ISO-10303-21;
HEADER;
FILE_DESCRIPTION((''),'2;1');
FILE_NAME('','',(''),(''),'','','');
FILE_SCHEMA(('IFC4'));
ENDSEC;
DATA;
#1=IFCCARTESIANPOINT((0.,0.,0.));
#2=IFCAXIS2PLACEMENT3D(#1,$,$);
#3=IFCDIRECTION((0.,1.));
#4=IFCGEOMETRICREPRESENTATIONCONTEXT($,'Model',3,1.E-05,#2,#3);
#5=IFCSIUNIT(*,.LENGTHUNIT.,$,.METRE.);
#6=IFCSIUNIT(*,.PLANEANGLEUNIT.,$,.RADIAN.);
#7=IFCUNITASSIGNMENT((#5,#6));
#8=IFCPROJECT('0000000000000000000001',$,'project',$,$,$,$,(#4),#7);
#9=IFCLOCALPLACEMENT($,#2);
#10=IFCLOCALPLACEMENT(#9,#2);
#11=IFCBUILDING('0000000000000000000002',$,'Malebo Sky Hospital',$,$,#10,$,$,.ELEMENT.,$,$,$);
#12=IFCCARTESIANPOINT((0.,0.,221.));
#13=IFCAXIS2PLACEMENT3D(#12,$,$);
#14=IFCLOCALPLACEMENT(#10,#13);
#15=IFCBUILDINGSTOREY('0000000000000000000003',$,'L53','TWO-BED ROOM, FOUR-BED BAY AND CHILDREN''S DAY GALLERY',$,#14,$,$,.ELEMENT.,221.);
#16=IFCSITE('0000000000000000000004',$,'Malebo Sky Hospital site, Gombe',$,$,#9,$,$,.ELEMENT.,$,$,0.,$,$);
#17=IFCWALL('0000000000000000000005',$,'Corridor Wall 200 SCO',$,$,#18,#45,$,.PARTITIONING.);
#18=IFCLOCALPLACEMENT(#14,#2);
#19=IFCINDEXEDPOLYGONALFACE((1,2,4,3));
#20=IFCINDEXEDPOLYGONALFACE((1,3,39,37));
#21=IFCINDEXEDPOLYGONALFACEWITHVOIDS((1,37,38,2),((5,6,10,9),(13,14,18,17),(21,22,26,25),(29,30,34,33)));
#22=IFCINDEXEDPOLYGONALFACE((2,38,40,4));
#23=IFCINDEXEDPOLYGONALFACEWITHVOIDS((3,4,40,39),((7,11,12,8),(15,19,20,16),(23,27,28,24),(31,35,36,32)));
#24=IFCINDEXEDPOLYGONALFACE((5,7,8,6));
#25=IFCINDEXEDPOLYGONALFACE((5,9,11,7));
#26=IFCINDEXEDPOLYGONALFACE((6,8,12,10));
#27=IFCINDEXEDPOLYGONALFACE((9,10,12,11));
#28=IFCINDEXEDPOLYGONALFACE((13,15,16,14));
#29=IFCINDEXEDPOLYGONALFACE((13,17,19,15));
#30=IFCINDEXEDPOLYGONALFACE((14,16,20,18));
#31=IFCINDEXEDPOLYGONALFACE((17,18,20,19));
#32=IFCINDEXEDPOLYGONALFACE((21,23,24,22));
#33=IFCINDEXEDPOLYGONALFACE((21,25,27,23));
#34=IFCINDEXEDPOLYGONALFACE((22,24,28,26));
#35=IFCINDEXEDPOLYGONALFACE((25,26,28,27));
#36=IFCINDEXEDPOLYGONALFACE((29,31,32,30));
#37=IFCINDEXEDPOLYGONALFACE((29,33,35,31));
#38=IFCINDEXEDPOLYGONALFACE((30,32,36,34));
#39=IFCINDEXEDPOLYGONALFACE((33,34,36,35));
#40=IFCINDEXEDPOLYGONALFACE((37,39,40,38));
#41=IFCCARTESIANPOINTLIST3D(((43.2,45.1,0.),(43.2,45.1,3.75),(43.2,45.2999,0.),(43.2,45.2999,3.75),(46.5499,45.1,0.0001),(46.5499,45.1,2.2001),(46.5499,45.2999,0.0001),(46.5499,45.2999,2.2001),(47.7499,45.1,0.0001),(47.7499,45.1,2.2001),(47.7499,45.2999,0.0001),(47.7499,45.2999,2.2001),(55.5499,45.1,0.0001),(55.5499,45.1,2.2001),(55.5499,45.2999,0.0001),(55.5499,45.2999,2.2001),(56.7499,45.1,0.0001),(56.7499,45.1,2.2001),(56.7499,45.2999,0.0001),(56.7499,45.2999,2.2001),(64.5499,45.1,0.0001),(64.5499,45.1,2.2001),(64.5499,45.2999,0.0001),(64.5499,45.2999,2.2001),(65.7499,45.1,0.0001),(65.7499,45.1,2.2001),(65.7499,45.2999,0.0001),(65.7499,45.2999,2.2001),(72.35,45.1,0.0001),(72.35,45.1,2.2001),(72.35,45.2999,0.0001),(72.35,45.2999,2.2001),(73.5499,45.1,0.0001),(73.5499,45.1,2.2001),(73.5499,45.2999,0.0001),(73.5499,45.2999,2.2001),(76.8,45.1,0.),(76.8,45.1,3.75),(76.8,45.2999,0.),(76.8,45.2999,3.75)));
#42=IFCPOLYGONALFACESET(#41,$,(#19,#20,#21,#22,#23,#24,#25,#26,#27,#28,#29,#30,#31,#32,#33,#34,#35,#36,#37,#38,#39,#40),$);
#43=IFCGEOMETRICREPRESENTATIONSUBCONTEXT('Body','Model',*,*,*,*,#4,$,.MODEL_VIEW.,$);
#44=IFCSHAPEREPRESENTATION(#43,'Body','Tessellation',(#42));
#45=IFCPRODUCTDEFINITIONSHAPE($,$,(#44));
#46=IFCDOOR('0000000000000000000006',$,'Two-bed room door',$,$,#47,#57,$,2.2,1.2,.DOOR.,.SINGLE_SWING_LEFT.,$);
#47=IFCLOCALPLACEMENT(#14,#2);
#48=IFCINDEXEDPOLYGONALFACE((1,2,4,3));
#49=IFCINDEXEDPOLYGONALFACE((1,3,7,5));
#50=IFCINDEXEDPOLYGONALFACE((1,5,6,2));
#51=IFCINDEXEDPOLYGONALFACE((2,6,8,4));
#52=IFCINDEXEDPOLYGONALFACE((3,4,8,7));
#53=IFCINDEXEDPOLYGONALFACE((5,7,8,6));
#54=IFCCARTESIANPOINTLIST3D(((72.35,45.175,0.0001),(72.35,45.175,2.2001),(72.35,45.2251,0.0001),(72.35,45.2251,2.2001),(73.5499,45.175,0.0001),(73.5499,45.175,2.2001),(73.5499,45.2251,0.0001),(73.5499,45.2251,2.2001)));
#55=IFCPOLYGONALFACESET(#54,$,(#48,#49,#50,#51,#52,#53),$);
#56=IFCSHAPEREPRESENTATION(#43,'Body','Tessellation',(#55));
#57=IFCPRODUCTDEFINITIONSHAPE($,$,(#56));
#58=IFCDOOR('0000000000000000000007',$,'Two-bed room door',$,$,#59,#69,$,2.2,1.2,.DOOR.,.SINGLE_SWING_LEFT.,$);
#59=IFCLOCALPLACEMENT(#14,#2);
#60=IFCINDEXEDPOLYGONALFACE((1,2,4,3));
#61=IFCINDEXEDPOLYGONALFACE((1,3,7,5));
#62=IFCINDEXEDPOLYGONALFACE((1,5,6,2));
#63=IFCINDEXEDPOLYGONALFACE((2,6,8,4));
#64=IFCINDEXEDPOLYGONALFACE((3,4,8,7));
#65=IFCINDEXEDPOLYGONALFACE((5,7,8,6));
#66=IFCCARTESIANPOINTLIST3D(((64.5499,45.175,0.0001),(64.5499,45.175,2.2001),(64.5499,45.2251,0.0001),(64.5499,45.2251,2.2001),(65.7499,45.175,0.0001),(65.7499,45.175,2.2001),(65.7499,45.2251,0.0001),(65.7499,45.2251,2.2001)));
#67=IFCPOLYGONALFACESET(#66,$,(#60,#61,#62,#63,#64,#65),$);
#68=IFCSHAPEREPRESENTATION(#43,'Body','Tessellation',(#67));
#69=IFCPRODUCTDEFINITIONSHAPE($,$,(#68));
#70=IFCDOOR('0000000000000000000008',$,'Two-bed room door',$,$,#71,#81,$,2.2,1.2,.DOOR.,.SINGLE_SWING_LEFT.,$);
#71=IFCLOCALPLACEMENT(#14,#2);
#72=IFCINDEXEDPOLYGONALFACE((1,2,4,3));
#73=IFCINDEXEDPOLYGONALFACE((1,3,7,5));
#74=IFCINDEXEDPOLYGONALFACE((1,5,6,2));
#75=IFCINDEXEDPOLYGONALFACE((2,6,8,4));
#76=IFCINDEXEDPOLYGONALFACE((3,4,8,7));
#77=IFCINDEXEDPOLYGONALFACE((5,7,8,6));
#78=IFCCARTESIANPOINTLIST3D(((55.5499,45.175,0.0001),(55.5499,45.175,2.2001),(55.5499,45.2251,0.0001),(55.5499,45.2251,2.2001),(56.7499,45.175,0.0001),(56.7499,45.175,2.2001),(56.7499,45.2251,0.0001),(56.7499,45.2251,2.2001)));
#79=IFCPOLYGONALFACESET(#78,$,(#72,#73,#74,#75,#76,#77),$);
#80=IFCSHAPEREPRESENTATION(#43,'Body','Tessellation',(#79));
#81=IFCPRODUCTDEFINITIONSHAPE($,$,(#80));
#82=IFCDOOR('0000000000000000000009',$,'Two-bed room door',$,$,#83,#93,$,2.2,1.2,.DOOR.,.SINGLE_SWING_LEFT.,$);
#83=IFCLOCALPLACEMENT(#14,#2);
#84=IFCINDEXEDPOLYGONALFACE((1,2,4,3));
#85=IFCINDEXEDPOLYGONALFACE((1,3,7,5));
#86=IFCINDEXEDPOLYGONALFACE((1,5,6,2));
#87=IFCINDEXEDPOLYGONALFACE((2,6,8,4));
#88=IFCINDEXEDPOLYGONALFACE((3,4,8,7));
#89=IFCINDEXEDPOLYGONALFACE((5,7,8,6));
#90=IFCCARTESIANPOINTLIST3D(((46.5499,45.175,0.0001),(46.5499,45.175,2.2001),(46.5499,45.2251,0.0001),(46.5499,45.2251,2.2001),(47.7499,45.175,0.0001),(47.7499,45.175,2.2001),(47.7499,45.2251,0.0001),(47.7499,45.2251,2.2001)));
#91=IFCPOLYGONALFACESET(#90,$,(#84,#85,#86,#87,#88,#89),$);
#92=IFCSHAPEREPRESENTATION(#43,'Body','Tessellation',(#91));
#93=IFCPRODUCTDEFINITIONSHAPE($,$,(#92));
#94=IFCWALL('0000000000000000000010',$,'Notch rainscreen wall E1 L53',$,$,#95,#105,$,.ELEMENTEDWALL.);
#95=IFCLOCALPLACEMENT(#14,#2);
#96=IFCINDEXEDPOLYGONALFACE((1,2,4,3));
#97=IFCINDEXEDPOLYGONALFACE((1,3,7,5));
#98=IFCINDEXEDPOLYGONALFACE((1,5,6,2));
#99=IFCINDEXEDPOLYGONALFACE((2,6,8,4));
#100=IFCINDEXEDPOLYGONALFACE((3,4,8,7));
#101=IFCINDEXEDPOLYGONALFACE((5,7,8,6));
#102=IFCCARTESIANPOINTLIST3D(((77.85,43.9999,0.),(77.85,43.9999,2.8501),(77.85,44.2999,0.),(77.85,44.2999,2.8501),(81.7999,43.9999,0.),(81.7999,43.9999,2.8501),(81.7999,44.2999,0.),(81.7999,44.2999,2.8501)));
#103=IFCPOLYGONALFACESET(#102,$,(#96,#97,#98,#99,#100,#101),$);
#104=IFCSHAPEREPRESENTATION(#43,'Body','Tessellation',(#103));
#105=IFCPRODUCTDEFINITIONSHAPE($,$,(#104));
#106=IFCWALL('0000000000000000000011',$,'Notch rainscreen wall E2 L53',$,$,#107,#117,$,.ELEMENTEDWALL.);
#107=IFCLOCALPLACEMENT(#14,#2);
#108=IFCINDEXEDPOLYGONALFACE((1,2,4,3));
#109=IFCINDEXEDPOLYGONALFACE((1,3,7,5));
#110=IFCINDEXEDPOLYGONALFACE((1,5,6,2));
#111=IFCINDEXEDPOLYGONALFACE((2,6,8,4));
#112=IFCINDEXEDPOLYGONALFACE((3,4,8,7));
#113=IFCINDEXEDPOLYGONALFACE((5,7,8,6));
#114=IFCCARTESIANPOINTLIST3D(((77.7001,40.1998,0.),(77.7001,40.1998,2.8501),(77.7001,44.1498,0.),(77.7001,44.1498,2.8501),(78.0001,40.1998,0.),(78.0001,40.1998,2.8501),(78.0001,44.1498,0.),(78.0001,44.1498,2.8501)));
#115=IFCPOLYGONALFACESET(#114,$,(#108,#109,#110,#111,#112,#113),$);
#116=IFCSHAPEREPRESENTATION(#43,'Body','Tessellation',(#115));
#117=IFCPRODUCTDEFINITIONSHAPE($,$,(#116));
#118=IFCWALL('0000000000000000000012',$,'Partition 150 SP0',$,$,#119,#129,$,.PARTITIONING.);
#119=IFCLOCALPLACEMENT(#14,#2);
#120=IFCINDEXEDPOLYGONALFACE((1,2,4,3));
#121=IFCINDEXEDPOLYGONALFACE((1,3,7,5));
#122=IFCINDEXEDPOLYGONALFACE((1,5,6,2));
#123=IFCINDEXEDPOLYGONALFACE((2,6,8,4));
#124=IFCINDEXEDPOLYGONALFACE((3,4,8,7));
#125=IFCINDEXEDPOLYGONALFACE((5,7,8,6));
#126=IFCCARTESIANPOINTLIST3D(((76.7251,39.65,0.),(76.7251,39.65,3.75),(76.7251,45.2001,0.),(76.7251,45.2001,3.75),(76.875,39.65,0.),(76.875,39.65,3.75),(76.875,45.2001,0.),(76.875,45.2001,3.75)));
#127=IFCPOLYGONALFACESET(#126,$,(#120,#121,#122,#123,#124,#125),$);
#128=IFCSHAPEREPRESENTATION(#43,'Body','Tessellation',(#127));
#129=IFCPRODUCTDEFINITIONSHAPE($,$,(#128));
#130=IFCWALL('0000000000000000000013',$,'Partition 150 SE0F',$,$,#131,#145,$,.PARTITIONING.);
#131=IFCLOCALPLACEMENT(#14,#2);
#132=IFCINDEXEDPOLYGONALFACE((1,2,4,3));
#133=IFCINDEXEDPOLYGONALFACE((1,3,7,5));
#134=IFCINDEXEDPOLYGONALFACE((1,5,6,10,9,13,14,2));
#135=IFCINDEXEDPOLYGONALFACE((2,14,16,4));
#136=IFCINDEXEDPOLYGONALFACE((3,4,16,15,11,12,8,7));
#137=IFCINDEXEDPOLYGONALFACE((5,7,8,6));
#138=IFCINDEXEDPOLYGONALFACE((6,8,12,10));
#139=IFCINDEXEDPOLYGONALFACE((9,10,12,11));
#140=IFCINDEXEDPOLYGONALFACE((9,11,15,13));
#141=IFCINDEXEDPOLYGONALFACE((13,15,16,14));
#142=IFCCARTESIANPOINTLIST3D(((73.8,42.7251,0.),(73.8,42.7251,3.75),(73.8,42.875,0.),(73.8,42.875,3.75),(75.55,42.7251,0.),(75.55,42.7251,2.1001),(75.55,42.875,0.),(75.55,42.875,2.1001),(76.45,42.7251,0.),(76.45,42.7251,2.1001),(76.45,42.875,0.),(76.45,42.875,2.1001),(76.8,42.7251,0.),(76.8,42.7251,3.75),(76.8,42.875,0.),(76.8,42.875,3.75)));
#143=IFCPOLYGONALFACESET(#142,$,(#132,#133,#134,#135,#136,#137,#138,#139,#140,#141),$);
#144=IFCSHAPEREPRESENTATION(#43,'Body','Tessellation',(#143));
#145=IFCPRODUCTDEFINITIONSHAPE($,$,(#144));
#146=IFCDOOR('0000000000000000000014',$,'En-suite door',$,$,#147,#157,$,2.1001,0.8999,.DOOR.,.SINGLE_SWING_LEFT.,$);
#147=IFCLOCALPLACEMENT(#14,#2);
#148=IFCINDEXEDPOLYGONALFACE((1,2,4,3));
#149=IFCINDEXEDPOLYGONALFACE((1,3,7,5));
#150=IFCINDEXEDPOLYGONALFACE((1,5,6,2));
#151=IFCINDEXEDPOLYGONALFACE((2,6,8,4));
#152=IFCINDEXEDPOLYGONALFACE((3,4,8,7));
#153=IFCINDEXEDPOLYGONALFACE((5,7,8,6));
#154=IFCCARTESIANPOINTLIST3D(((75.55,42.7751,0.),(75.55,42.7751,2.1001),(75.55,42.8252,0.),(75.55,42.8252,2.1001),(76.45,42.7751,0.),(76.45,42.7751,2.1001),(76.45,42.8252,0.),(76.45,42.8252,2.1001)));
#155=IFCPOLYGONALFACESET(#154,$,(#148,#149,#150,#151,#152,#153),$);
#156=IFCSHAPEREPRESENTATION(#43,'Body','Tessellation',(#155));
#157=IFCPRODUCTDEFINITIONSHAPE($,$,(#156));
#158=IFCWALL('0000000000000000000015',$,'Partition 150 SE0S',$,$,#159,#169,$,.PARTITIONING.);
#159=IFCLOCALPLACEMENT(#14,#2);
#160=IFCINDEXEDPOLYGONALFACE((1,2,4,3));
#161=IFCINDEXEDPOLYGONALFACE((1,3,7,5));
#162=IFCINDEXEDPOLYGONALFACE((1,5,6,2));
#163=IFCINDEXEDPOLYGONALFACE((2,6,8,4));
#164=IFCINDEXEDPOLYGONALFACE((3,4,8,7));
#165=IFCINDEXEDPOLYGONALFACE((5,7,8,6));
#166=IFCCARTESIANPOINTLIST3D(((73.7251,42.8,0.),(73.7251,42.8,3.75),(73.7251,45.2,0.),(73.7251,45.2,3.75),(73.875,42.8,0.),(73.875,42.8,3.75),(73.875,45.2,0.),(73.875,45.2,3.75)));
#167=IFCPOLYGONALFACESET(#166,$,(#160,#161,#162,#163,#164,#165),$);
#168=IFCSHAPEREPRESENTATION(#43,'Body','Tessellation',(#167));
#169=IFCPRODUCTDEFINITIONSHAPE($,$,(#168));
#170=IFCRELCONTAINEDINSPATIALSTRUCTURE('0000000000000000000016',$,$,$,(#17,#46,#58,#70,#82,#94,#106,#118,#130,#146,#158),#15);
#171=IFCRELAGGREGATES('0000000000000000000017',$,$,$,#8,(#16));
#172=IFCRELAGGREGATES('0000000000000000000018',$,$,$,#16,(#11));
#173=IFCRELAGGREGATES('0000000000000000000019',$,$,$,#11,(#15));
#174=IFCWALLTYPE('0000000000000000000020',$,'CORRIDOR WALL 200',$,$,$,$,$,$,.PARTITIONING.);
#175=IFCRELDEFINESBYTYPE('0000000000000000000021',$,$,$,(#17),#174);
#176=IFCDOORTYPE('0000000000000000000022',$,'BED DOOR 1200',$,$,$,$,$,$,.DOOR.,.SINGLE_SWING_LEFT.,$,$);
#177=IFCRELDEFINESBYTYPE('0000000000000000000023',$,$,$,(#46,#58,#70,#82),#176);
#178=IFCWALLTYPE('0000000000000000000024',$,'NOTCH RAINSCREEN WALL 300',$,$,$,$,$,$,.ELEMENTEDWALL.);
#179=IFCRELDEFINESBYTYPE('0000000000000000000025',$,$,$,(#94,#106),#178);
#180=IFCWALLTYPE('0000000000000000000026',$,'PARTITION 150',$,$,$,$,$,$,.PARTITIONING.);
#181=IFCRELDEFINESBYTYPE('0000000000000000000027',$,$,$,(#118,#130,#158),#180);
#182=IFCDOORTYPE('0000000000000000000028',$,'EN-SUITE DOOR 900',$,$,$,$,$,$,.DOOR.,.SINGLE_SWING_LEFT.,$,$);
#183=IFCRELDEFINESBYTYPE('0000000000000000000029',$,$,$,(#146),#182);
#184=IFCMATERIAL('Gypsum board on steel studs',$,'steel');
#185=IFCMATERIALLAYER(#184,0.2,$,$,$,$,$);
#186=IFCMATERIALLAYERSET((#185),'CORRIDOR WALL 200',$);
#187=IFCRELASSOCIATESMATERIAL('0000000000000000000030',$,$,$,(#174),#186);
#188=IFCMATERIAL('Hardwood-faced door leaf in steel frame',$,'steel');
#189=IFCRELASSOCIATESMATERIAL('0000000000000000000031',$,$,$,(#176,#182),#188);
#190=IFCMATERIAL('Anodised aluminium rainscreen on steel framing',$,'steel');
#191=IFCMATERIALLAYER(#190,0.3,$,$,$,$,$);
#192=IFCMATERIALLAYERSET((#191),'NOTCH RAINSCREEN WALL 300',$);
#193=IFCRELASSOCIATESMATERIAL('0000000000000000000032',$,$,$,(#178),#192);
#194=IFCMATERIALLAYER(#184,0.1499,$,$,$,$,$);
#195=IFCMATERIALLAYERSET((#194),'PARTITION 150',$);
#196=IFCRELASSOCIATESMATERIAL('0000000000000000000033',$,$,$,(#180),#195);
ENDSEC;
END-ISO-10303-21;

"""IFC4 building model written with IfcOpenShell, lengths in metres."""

from ifc_helpers import new_model, si_unit, direction, frame, frame_2d, origin, place, context, subcontext, project, spatial, rectangle, extrude, material, layer, layer_set, type_object, element, fill, save


model = new_model("IFC4")

# Units and contexts
model_context = context("Model", 3, precision=1e-05, world=origin(), true_north=direction((0.0, 1.0)))
body_context = subcontext(model_context, "Body", "Model", "MODEL_VIEW")
ifc_project = project(units=[si_unit("LENGTHUNIT", "METRE"), si_unit("PLANEANGLEUNIT", "RADIAN")], contexts=[model_context])

# Site, building, storey
site_placement = place(None, origin())
site = spatial("IfcSite", under=ifc_project, at=site_placement, Name="Malebo Sky Hospital site, Gombe", CompositionType="ELEMENT", RefElevation=0.0)
building_placement = place(site_placement, origin())
building = spatial("IfcBuilding", under=site, at=building_placement, Name="Malebo Sky Hospital", CompositionType="ELEMENT")
storey_placement = place(building_placement, frame((0.0, 0.0, 221.0)))
storey = spatial("IfcBuildingStorey", under=building, at=storey_placement, Name="L53", Description="TWO-BED ROOM, FOUR-BED BAY AND CHILDREN'S DAY GALLERY", CompositionType="ELEMENT", Elevation=221.0)

# Wall, openings, doors
ifc_material_1 = material(Name="Gypsum board on steel studs", Category="steel")
ifc_layer_1 = layer(ifc_material_1, 0.2)
ifc_layer_set_1 = layer_set([ifc_layer_1], Name="CORRIDOR WALL 200")
wall_type_1 = type_object("IfcWallType", Name="CORRIDOR WALL 200", PredefinedType="PARTITIONING", material=ifc_layer_set_1)
wall_1_placement = place(storey_placement, frame((76.8, 45.2, 0.0), z_axis=(0.0, 0.0, 1.0), x_axis=(-1.0, 0.0, 0.0)))
wall_1 = element("IfcWall", 1, at=wall_1_placement, inside=storey, type_object=wall_type_1, Name="Corridor Wall 200 SCO", PredefinedType="PARTITIONING", context=body_context, shape_type="SweptSolid", body=[
    extrude(rectangle(XDim=33.6001, YDim=0.2, at=frame_2d((16.8, 0.0))), origin(), (0.0, 0.0, 1.0), 3.75),
])
opening_1_placement = place(wall_1_placement, frame((3.25, 0.0, 0.0)))
opening_1 = element("IfcOpeningElement", 2, at=opening_1_placement, cuts=wall_1, PredefinedType="OPENING", context=body_context, shape_type="SweptSolid", body=[
    extrude(rectangle(XDim=1.2, YDim=2.2, at=frame_2d((0.6001, 1.1001))), frame((0.0, 0.1099, 0.0), z_axis=(0.0, -1.0, 0.0), x_axis=(1.0, 0.0, 0.0)), (0.0, 0.0, 1.0), 0.22),
])
opening_2_placement = place(wall_1_placement, frame((11.05, 0.0, 0.0)))
opening_2 = element("IfcOpeningElement", 3, at=opening_2_placement, cuts=wall_1, PredefinedType="OPENING", context=body_context, shape_type="SweptSolid", body=[
    extrude(rectangle(XDim=1.2, YDim=2.2, at=frame_2d((0.6001, 1.1001))), frame((0.0, 0.1099, 0.0), z_axis=(0.0, -1.0, 0.0), x_axis=(1.0, 0.0, 0.0)), (0.0, 0.0, 1.0), 0.22),
])
opening_3_placement = place(wall_1_placement, frame((20.05, 0.0, 0.0)))
opening_3 = element("IfcOpeningElement", 4, at=opening_3_placement, cuts=wall_1, PredefinedType="OPENING", context=body_context, shape_type="SweptSolid", body=[
    extrude(rectangle(XDim=1.2, YDim=2.2, at=frame_2d((0.6001, 1.1001))), frame((0.0, 0.1099, 0.0), z_axis=(0.0, -1.0, 0.0), x_axis=(1.0, 0.0, 0.0)), (0.0, 0.0, 1.0), 0.22),
])
opening_4_placement = place(wall_1_placement, frame((29.05, 0.0, 0.0)))
opening_4 = element("IfcOpeningElement", 5, at=opening_4_placement, cuts=wall_1, PredefinedType="OPENING", context=body_context, shape_type="SweptSolid", body=[
    extrude(rectangle(XDim=1.2, YDim=2.2, at=frame_2d((0.6001, 1.1001))), frame((0.0, 0.1099, 0.0), z_axis=(0.0, -1.0, 0.0), x_axis=(1.0, 0.0, 0.0)), (0.0, 0.0, 1.0), 0.22),
])
ifc_material_2 = material(Name="Hardwood-faced door leaf in steel frame", Category="steel")
door_type_1 = type_object("IfcDoorType", Name="BED DOOR 1200", OperationType="SINGLE_SWING_LEFT", PredefinedType="DOOR", material=ifc_material_2)
door_1_placement = place(opening_1_placement, origin())
door_1 = element("IfcDoor", 6, at=door_1_placement, inside=storey, type_object=door_type_1, Name="Two-bed room door", OperationType="SINGLE_SWING_LEFT", OverallHeight=2.2, OverallWidth=1.2, PredefinedType="DOOR", context=body_context, shape_type="SweptSolid", body=[
    extrude(rectangle(XDim=1.2, YDim=2.2, at=frame_2d((0.6001, 1.1001))), frame((0.0, 0.0249, 0.0), z_axis=(0.0, -1.0, 0.0), x_axis=(1.0, 0.0, 0.0)), (0.0, 0.0, 1.0), 0.05),
])
fill(opening_1, door_1)
door_2_placement = place(opening_2_placement, origin())
door_2 = element("IfcDoor", 7, at=door_2_placement, inside=storey, type_object=door_type_1, Name="Two-bed room door", OperationType="SINGLE_SWING_LEFT", OverallHeight=2.2, OverallWidth=1.2, PredefinedType="DOOR", context=body_context, shape_type="SweptSolid", body=[
    extrude(rectangle(XDim=1.2, YDim=2.2, at=frame_2d((0.6001, 1.1001))), frame((0.0, 0.0249, 0.0), z_axis=(0.0, -1.0, 0.0), x_axis=(1.0, 0.0, 0.0)), (0.0, 0.0, 1.0), 0.05),
])
fill(opening_2, door_2)
door_3_placement = place(opening_3_placement, origin())
door_3 = element("IfcDoor", 8, at=door_3_placement, inside=storey, type_object=door_type_1, Name="Two-bed room door", OperationType="SINGLE_SWING_LEFT", OverallHeight=2.2, OverallWidth=1.2, PredefinedType="DOOR", context=body_context, shape_type="SweptSolid", body=[
    extrude(rectangle(XDim=1.2, YDim=2.2, at=frame_2d((0.6001, 1.1001))), frame((0.0, 0.0249, 0.0), z_axis=(0.0, -1.0, 0.0), x_axis=(1.0, 0.0, 0.0)), (0.0, 0.0, 1.0), 0.05),
])
fill(opening_3, door_3)
door_4_placement = place(opening_4_placement, origin())
door_4 = element("IfcDoor", 9, at=door_4_placement, inside=storey, type_object=door_type_1, Name="Two-bed room door", OperationType="SINGLE_SWING_LEFT", OverallHeight=2.2, OverallWidth=1.2, PredefinedType="DOOR", context=body_context, shape_type="SweptSolid", body=[
    extrude(rectangle(XDim=1.2, YDim=2.2, at=frame_2d((0.6001, 1.1001))), frame((0.0, 0.0249, 0.0), z_axis=(0.0, -1.0, 0.0), x_axis=(1.0, 0.0, 0.0)), (0.0, 0.0, 1.0), 0.05),
])
fill(opening_4, door_4)

# Walls
ifc_material_3 = material(Name="Anodised aluminium rainscreen on steel framing", Category="steel")
ifc_layer_2 = layer(ifc_material_3, 0.3)
ifc_layer_set_2 = layer_set([ifc_layer_2], Name="NOTCH RAINSCREEN WALL 300")
wall_type_2 = type_object("IfcWallType", Name="NOTCH RAINSCREEN WALL 300", PredefinedType="ELEMENTEDWALL", material=ifc_layer_set_2)
for number, where, z_axis, x_axis, name in (
    (10, (81.8, 44.1499, 0.0), (0.0, 0.0, 1.0), (-1.0, 0.0, 0.0), "Notch rainscreen wall E1 L53"),
    (11, (77.8501, 44.1499, 0.0), (0.0, 0.0, 1.0), (0.0, -1.0, 0.0), "Notch rainscreen wall E2 L53"),
):
    element("IfcWall", number, at=place(storey_placement, frame(where, z_axis=z_axis, x_axis=x_axis)), inside=storey, type_object=wall_type_2, Name=name, PredefinedType="ELEMENTEDWALL", context=body_context, shape_type="SweptSolid", body=[
        extrude(rectangle(XDim=3.95, YDim=0.3, at=frame_2d((1.9751, 0.0))), origin(), (0.0, 0.0, 1.0), 2.8501),
    ])
ifc_layer_3 = layer(ifc_material_1, 0.1499)
ifc_layer_set_3 = layer_set([ifc_layer_3], Name="PARTITION 150")
wall_type_3 = type_object("IfcWallType", Name="PARTITION 150", PredefinedType="PARTITIONING", material=ifc_layer_set_3)
wall_2_placement = place(storey_placement, frame((76.8, 45.2, 0.0), z_axis=(0.0, 0.0, 1.0), x_axis=(0.0, -1.0, 0.0)))
element("IfcWall", 12, at=wall_2_placement, inside=storey, type_object=wall_type_3, Name="Partition 150 SP0", PredefinedType="PARTITIONING", context=body_context, shape_type="SweptSolid", body=[
    extrude(rectangle(XDim=5.55, YDim=0.1499, at=frame_2d((2.7749, 0.0))), origin(), (0.0, 0.0, 1.0), 3.75),
])

# Wall, opening, door
wall_3_placement = place(storey_placement, frame((76.8, 42.8, 0.0), z_axis=(0.0, 0.0, 1.0), x_axis=(-1.0, 0.0, 0.0)))
wall_3 = element("IfcWall", 13, at=wall_3_placement, inside=storey, type_object=wall_type_3, Name="Partition 150 SE0F", PredefinedType="PARTITIONING", context=body_context, shape_type="SweptSolid", body=[
    extrude(rectangle(XDim=3.0, YDim=0.1499, at=frame_2d((1.5, 0.0))), origin(), (0.0, 0.0, 1.0), 3.75),
])
opening_5_placement = place(wall_3_placement, frame((0.3501, 0.0, 0.0)))
opening_5 = element("IfcOpeningElement", 14, at=opening_5_placement, cuts=wall_3, PredefinedType="OPENING", context=body_context, shape_type="SweptSolid", body=[
    extrude(rectangle(XDim=0.8999, YDim=2.1001, at=frame_2d((0.45, 1.05))), frame((0.0, 0.085, 0.0), z_axis=(0.0, -1.0, 0.0), x_axis=(1.0, 0.0, 0.0)), (0.0, 0.0, 1.0), 0.1699),
])
door_type_2 = type_object("IfcDoorType", Name="EN-SUITE DOOR 900", OperationType="SINGLE_SWING_LEFT", PredefinedType="DOOR", material=ifc_material_2)
door_5_placement = place(opening_5_placement, origin())
door_5 = element("IfcDoor", 15, at=door_5_placement, inside=storey, type_object=door_type_2, Name="En-suite door", OperationType="SINGLE_SWING_LEFT", OverallHeight=2.1001, OverallWidth=0.8999, PredefinedType="DOOR", context=body_context, shape_type="SweptSolid", body=[
    extrude(rectangle(XDim=0.8999, YDim=2.1001, at=frame_2d((0.45, 1.05))), frame((0.0, 0.0249, 0.0), z_axis=(0.0, -1.0, 0.0), x_axis=(1.0, 0.0, 0.0)), (0.0, 0.0, 1.0), 0.05),
])
fill(opening_5, door_5)

# Wall
for number, where, z_axis, x_axis, name in (
    (16, (73.8, 45.2, 0.0), (0.0, 0.0, 1.0), (0.0, -1.0, 0.0), "Partition 150 SE0S"),
):
    element("IfcWall", number, at=place(storey_placement, frame(where, z_axis=z_axis, x_axis=x_axis)), inside=storey, type_object=wall_type_3, Name=name, PredefinedType="PARTITIONING", context=body_context, shape_type="SweptSolid", body=[
        extrude(rectangle(XDim=2.3999, YDim=0.1499, at=frame_2d((1.2, 0.0))), origin(), (0.0, 0.0, 1.0), 3.75),
    ])

save(model, "model.ifc")
